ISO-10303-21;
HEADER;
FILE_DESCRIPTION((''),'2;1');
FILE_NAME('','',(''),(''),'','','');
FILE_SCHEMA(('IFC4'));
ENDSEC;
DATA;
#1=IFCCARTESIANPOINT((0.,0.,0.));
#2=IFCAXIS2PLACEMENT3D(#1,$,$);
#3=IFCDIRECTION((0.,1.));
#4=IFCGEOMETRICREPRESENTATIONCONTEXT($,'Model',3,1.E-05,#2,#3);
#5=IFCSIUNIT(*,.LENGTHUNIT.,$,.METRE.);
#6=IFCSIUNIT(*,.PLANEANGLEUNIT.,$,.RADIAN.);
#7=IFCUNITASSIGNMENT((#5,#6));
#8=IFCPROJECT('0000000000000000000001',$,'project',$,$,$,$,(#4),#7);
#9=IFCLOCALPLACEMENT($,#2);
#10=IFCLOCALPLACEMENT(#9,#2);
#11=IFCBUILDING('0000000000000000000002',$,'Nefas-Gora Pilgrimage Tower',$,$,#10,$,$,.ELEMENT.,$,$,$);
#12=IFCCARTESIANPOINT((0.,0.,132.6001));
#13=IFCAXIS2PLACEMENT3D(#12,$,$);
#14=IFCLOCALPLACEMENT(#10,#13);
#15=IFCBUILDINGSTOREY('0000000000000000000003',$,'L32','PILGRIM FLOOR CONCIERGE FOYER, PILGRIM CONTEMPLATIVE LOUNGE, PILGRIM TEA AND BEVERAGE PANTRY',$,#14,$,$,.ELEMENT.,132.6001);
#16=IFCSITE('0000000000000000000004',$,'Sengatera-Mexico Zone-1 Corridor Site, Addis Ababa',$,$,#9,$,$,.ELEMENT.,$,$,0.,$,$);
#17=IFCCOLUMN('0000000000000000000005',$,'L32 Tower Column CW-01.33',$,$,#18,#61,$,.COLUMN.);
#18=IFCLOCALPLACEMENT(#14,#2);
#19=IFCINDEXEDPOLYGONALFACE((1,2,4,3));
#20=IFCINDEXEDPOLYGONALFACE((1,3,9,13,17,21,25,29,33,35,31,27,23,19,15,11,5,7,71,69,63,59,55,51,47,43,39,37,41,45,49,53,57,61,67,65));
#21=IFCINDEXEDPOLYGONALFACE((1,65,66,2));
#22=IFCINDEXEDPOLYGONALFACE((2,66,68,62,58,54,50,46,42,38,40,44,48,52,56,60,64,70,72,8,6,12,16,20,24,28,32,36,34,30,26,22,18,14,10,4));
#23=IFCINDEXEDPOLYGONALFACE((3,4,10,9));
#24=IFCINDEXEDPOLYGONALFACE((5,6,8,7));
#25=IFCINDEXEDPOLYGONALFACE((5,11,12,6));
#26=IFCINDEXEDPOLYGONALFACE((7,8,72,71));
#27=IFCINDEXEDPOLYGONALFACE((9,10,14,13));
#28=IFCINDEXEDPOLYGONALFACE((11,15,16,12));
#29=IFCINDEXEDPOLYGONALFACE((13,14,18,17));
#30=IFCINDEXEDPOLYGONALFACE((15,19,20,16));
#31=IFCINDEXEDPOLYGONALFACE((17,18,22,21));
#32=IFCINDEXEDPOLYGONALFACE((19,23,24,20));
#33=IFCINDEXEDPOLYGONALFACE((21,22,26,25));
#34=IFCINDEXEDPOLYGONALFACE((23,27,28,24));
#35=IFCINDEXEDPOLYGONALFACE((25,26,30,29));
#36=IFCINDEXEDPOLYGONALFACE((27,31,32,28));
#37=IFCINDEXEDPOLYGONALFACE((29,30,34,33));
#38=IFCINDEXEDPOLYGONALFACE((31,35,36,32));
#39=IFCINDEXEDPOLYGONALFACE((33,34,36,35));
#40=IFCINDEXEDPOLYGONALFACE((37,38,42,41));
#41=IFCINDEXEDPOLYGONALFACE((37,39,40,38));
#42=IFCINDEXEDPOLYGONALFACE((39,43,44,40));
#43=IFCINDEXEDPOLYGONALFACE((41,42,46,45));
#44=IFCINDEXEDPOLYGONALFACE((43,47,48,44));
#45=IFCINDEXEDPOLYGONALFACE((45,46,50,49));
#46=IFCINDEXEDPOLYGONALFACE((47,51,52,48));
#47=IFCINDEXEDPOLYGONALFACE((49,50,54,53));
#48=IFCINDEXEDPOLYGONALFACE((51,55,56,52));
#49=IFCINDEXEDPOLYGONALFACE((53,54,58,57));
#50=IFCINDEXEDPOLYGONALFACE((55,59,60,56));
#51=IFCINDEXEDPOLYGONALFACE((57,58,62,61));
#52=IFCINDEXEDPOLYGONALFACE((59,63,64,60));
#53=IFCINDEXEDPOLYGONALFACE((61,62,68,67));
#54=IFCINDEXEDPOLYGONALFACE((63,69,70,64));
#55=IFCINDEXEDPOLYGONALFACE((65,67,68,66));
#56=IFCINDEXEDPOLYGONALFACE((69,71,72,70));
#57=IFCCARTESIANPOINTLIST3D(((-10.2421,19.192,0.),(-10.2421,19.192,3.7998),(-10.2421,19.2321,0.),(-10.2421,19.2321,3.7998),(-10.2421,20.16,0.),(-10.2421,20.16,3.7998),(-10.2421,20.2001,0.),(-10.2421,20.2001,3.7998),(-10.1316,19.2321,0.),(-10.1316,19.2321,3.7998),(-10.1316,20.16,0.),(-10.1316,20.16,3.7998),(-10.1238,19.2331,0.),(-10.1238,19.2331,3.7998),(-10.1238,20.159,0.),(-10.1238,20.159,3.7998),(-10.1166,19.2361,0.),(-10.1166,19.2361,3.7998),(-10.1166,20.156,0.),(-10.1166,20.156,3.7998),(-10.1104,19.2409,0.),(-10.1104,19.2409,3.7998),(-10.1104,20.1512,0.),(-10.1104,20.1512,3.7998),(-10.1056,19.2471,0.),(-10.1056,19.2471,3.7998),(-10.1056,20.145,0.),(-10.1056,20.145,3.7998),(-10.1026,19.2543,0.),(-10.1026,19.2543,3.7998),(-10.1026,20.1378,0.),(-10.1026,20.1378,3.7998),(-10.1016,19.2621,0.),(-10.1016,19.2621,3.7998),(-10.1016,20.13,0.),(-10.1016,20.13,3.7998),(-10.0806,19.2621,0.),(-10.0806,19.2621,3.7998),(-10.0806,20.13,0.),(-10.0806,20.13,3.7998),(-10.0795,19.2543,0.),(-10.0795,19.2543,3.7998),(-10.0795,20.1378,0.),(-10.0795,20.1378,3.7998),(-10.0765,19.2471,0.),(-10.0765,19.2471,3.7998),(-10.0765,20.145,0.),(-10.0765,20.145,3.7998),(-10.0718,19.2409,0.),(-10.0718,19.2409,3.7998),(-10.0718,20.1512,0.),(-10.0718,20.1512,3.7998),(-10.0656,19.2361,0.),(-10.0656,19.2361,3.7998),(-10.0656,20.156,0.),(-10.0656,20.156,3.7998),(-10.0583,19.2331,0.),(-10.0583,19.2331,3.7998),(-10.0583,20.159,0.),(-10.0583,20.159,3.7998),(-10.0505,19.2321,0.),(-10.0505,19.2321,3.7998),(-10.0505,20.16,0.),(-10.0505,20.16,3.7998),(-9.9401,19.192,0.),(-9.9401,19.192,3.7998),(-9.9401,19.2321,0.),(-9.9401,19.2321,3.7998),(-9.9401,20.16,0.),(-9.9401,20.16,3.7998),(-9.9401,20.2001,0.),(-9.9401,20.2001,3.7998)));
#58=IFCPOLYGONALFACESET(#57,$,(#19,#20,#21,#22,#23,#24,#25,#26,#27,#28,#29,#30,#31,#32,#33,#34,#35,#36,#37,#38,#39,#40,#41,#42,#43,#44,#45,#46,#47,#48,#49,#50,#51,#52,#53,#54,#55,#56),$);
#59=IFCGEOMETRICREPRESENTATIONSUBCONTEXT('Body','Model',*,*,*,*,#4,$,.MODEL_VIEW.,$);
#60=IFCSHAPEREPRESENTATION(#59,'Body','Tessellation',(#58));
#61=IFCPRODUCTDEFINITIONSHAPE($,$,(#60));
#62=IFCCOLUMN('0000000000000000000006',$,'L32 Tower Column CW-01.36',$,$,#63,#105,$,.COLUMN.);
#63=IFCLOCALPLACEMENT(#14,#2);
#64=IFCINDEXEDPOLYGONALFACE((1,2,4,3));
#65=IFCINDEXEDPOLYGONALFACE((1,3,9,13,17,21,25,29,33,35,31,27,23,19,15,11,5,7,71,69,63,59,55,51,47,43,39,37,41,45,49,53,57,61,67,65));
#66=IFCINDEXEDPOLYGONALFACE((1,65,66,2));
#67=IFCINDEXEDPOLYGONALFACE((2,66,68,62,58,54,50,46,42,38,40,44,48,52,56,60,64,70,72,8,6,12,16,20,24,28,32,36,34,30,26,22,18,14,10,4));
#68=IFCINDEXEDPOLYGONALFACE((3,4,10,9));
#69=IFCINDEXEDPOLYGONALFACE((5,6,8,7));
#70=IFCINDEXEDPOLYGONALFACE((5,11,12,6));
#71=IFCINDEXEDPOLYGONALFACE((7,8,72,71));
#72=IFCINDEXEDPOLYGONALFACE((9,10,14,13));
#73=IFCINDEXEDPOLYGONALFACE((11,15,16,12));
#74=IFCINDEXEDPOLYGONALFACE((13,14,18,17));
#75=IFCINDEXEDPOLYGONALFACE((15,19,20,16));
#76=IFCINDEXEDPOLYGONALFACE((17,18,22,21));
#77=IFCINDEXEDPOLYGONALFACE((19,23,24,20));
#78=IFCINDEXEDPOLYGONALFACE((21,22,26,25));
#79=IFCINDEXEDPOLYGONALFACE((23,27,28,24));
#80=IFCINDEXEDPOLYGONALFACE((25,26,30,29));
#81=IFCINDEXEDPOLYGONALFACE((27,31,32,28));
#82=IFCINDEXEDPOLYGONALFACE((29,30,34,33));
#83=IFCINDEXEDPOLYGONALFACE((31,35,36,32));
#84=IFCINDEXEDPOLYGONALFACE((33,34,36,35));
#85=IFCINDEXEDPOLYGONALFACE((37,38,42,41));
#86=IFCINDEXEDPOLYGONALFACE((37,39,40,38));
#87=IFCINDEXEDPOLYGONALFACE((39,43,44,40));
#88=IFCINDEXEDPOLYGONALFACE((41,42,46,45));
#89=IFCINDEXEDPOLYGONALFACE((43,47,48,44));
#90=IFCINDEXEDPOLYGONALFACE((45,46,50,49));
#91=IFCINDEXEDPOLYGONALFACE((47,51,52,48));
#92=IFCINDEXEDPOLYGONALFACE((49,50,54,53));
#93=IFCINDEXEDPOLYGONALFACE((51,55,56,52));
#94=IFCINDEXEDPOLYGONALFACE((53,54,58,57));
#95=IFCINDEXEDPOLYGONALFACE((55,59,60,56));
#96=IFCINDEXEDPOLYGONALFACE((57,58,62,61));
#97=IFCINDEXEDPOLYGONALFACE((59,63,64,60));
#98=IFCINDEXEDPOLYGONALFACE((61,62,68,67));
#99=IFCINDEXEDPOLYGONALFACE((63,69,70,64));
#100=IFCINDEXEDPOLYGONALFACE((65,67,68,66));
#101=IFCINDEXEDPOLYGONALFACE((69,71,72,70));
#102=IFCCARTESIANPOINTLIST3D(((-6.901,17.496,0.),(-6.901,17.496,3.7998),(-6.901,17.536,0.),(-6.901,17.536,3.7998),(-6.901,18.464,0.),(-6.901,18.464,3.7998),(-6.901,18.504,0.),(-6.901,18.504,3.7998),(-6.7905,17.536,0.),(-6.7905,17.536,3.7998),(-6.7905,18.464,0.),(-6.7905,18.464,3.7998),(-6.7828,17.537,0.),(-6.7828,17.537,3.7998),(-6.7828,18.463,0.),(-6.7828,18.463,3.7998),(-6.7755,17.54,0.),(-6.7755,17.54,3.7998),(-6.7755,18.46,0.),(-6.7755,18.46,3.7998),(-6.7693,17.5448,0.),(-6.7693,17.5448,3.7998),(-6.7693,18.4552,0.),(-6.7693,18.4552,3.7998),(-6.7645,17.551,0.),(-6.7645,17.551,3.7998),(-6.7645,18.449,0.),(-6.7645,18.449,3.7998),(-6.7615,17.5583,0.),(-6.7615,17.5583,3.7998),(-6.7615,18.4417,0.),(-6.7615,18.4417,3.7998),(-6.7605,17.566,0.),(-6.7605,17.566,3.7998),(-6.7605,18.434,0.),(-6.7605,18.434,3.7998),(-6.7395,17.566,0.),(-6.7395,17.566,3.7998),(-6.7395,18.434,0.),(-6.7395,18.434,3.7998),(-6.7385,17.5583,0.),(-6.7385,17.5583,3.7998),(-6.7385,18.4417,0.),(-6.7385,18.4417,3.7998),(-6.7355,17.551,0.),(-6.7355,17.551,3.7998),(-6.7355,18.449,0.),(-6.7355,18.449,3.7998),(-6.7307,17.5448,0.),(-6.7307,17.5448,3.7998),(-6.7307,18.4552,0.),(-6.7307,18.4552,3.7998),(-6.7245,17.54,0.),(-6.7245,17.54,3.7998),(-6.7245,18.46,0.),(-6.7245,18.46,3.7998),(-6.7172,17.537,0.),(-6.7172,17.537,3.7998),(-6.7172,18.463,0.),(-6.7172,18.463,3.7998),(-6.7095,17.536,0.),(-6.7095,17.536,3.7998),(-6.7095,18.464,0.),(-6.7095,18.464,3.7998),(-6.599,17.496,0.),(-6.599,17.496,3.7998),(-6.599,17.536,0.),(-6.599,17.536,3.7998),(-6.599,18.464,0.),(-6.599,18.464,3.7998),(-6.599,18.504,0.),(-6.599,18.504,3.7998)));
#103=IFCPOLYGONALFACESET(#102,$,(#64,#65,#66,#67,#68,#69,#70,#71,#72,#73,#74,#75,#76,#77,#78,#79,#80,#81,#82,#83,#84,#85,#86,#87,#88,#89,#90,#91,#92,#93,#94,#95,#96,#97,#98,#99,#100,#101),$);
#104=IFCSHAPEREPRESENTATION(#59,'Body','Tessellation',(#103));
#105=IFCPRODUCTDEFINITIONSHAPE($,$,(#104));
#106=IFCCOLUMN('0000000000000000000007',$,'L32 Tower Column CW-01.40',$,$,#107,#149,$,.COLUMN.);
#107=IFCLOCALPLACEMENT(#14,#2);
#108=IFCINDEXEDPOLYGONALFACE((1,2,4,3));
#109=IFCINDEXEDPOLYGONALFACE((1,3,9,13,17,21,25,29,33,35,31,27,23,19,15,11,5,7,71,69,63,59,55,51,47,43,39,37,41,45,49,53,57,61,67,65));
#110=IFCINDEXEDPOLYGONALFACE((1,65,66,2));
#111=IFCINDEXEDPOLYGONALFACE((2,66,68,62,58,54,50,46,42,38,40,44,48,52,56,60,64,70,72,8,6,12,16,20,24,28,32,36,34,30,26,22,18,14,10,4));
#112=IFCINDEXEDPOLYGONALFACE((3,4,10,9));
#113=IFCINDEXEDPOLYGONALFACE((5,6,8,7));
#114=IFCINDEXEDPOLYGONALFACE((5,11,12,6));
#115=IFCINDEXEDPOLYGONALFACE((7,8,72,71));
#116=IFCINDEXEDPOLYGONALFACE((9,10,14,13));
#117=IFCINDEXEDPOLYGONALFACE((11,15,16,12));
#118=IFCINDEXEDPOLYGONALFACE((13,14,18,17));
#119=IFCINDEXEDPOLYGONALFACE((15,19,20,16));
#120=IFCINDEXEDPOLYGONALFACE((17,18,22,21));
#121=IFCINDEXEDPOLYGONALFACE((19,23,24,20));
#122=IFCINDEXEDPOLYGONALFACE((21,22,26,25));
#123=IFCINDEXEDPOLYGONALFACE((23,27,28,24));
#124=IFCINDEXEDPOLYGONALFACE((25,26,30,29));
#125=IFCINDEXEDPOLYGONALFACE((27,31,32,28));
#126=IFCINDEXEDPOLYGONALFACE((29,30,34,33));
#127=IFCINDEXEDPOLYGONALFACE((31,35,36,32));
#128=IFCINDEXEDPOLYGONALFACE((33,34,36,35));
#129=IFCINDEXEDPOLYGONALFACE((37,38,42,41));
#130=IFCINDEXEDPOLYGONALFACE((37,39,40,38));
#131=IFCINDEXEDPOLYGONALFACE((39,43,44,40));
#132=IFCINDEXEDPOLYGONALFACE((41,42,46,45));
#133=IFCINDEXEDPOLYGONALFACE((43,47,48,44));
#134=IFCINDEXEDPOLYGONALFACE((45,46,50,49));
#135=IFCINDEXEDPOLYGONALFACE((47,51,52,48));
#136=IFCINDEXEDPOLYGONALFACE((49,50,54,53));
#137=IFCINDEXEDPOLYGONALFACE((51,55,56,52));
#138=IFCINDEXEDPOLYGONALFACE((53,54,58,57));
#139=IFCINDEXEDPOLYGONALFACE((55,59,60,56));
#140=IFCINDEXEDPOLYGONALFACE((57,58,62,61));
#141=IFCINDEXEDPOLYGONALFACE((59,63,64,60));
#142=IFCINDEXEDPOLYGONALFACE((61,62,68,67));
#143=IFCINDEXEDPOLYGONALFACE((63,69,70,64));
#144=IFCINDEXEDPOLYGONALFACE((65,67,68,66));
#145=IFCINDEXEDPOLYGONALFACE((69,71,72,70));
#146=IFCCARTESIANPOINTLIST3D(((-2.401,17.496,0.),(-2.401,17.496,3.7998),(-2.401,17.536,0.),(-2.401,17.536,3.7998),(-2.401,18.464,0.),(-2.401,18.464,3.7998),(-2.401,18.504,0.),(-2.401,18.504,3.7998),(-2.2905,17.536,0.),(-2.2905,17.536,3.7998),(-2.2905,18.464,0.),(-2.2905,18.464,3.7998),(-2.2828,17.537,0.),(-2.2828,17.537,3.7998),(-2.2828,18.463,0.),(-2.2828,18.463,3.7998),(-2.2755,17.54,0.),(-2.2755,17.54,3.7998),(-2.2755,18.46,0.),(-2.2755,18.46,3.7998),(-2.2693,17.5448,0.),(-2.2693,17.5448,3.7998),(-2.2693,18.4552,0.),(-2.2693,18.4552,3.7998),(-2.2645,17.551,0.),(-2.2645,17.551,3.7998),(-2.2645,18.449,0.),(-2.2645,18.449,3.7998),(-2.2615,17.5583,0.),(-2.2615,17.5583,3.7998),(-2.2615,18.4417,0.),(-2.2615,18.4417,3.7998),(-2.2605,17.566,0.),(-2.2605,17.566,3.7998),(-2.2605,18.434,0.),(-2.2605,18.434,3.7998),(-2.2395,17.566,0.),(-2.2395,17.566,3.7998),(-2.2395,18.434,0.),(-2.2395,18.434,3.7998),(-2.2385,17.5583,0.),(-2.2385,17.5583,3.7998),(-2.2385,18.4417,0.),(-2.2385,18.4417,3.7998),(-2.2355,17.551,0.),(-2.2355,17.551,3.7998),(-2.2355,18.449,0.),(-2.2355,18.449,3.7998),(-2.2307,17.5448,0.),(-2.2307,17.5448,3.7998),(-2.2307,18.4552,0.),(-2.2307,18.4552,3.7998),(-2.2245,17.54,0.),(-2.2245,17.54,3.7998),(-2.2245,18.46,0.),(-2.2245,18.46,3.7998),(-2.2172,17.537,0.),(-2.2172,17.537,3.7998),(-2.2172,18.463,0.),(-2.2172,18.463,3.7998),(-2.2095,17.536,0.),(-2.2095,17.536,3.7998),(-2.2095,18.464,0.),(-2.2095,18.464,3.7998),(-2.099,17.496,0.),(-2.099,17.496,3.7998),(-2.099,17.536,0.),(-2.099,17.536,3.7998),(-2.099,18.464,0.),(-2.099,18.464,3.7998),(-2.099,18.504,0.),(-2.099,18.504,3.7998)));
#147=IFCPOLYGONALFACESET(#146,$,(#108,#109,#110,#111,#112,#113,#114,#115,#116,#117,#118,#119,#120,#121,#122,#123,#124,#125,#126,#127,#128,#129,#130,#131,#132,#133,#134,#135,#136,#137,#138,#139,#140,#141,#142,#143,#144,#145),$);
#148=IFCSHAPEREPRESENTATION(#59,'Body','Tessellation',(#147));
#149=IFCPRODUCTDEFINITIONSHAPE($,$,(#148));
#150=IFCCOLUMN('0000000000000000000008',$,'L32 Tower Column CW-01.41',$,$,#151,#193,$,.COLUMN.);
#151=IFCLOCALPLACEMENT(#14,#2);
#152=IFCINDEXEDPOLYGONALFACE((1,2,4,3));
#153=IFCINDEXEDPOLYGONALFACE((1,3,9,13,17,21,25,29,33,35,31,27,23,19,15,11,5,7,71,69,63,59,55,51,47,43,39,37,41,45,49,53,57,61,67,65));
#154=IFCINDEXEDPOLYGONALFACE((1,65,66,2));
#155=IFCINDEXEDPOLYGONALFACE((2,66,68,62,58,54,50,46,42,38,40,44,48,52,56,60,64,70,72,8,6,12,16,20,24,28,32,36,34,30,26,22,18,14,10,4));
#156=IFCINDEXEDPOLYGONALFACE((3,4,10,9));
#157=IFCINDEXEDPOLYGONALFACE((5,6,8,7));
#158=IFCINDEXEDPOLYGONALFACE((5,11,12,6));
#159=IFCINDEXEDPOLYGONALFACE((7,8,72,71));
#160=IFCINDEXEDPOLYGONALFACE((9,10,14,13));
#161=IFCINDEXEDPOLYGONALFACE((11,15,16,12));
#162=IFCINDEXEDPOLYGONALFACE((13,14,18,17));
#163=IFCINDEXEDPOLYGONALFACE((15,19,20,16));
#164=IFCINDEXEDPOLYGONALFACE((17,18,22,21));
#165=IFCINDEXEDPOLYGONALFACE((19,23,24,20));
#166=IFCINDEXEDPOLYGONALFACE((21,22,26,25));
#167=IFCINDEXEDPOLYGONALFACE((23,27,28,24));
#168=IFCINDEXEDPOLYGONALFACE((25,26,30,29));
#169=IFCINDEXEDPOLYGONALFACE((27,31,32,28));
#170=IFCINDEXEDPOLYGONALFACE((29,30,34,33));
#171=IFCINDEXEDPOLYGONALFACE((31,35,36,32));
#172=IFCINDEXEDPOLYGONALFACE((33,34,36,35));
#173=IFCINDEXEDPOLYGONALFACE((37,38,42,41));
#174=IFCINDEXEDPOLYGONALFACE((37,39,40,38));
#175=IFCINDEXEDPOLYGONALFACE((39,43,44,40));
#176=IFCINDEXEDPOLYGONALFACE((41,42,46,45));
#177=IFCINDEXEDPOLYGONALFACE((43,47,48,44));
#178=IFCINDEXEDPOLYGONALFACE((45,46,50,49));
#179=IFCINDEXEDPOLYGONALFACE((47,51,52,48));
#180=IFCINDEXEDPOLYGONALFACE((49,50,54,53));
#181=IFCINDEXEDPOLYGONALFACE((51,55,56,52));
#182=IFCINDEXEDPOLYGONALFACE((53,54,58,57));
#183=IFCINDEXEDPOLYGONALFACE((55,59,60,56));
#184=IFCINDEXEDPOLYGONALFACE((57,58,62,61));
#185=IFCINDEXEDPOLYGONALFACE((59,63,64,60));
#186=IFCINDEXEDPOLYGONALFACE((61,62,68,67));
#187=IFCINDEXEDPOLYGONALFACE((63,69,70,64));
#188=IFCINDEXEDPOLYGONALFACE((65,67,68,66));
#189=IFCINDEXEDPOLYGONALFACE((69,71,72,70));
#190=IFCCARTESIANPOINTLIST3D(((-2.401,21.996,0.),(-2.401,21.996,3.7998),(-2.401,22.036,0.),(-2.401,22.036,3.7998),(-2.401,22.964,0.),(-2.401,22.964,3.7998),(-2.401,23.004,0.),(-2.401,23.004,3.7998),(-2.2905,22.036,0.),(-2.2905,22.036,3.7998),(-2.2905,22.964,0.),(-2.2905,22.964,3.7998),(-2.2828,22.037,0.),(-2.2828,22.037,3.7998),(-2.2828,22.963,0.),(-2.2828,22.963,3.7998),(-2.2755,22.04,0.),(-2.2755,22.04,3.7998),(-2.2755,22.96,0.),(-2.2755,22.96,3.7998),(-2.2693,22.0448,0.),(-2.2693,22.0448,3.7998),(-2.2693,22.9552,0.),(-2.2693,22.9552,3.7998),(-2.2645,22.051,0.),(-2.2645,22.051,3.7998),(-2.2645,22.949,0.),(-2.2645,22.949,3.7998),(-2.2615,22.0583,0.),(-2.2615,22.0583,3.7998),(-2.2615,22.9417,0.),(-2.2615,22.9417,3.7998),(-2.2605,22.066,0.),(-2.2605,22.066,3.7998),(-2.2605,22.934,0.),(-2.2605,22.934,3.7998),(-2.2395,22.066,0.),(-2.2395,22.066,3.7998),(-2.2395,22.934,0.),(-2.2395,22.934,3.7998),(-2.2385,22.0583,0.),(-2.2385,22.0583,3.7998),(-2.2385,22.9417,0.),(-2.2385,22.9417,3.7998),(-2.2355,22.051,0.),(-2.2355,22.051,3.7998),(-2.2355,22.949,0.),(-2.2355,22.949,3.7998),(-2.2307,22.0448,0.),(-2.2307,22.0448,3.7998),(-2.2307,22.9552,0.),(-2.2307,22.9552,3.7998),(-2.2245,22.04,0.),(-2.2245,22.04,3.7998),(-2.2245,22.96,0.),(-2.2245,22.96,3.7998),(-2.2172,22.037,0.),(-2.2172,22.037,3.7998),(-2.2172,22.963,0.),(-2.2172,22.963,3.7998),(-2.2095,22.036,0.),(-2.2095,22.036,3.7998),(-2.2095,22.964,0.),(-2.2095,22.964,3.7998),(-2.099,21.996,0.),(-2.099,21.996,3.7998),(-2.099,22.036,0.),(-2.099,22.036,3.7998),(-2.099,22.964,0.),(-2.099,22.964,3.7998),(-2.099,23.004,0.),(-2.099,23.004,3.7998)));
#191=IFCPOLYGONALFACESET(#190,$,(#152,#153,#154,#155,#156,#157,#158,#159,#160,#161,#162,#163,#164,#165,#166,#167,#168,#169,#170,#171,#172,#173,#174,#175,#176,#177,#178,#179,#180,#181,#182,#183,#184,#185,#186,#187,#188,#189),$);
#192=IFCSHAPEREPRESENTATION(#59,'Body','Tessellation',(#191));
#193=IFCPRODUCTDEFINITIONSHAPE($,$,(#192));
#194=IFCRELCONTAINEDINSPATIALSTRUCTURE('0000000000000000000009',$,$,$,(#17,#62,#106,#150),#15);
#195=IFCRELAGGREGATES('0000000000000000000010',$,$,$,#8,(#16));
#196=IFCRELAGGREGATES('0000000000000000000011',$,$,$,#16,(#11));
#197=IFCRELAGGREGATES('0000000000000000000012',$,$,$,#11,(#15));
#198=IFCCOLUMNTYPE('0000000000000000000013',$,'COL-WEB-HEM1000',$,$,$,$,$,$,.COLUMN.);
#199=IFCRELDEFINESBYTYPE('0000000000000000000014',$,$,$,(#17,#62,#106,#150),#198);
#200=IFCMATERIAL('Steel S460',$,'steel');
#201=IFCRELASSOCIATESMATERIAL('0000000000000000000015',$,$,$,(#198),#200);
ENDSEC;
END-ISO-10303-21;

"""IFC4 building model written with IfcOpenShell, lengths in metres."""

from ifc_helpers import new_model, si_unit, direction, frame, origin, origin_2d, place, context, subcontext, project, spatial, i_section, extrude, source, transform, mapped, material, material_profile, profile_set, type_object, element, save


model = new_model("IFC4")

# Units and contexts
model_context = context("Model", 3, precision=1e-05, world=origin(), true_north=direction((0.0, 1.0)))
body_context = subcontext(model_context, "Body", "Model", "MODEL_VIEW")
ifc_project = project(units=[si_unit("LENGTHUNIT", "METRE"), si_unit("PLANEANGLEUNIT", "RADIAN")], contexts=[model_context])

# Site, building, storey
site_placement = place(None, origin())
site = spatial("IfcSite", under=ifc_project, at=site_placement, Name="Sengatera-Mexico Zone-1 Corridor Site, Addis Ababa", CompositionType="ELEMENT", RefElevation=0.0)
building_placement = place(site_placement, origin())
building = spatial("IfcBuilding", under=site, at=building_placement, Name="Nefas-Gora Pilgrimage Tower", CompositionType="ELEMENT")
storey_placement = place(building_placement, frame((0.0, 0.0, 132.6001)))
storey = spatial("IfcBuildingStorey", under=building, at=storey_placement, Name="L32", Description="PILGRIM FLOOR CONCIERGE FOYER, PILGRIM CONTEMPLATIVE LOUNGE, PILGRIM TEA AND BEVERAGE PANTRY", CompositionType="ELEMENT", Elevation=132.6001)

# Columns
ifc_material_1 = material(Name="Steel S460", Category="steel")
ifc_material_profile_1 = material_profile(ifc_material_1, i_section(OverallWidth=0.302, OverallDepth=1.0081, WebThickness=0.021, FlangeThickness=0.04, FilletRadius=0.03, at=origin_2d()), Name="HEM 1000")
ifc_profile_set_1 = profile_set([ifc_material_profile_1], Name="Steel S460")
column_type_1 = type_object("IfcColumnType", Name="COL-WEB-HEM1000", PredefinedType="COLUMN", material=ifc_profile_set_1)
shared_shape_1 = source(origin(), body_context, "Body", "SweptSolid", [
    extrude(i_section(OverallWidth=0.302, OverallDepth=1.0081, WebThickness=0.021, FlangeThickness=0.04, FilletRadius=0.03, at=origin_2d()), origin(), (0.0, 0.0, 1.0), 3.7998),
])
for number, where, z_axis, x_axis, name in (
    (1, (-10.0911, 19.696, 0.0), (0.0, 0.0, 1.0), (1.0, 0.0, 0.0), "L32 Tower Column CW-01.33"),
    (2, (-6.75, 18.0, 0.0), (0.0, 0.0, 1.0), (1.0, 0.0, 0.0), "L32 Tower Column CW-01.36"),
    (3, (-2.25, 18.0, 0.0), (0.0, 0.0, 1.0), (1.0, 0.0, 0.0), "L32 Tower Column CW-01.40"),
    (4, (-2.25, 22.5, 0.0), (0.0, 0.0, 1.0), (1.0, 0.0, 0.0), "L32 Tower Column CW-01.41"),
):
    element("IfcColumn", number, at=place(storey_placement, frame(where, z_axis=z_axis, x_axis=x_axis)), inside=storey, type_object=column_type_1, Name=name, PredefinedType="COLUMN", context=body_context, shape_type="MappedRepresentation", body=[
        mapped(shared_shape_1, transform((0.0, 0.0, 0.0), x_axis=(1.0, 0.0, 0.0), y_axis=(0.0, 1.0, 0.0), z_axis=(0.0, 0.0, 1.0), scale=1.0)),
    ])

save(model, "model.ifc")
